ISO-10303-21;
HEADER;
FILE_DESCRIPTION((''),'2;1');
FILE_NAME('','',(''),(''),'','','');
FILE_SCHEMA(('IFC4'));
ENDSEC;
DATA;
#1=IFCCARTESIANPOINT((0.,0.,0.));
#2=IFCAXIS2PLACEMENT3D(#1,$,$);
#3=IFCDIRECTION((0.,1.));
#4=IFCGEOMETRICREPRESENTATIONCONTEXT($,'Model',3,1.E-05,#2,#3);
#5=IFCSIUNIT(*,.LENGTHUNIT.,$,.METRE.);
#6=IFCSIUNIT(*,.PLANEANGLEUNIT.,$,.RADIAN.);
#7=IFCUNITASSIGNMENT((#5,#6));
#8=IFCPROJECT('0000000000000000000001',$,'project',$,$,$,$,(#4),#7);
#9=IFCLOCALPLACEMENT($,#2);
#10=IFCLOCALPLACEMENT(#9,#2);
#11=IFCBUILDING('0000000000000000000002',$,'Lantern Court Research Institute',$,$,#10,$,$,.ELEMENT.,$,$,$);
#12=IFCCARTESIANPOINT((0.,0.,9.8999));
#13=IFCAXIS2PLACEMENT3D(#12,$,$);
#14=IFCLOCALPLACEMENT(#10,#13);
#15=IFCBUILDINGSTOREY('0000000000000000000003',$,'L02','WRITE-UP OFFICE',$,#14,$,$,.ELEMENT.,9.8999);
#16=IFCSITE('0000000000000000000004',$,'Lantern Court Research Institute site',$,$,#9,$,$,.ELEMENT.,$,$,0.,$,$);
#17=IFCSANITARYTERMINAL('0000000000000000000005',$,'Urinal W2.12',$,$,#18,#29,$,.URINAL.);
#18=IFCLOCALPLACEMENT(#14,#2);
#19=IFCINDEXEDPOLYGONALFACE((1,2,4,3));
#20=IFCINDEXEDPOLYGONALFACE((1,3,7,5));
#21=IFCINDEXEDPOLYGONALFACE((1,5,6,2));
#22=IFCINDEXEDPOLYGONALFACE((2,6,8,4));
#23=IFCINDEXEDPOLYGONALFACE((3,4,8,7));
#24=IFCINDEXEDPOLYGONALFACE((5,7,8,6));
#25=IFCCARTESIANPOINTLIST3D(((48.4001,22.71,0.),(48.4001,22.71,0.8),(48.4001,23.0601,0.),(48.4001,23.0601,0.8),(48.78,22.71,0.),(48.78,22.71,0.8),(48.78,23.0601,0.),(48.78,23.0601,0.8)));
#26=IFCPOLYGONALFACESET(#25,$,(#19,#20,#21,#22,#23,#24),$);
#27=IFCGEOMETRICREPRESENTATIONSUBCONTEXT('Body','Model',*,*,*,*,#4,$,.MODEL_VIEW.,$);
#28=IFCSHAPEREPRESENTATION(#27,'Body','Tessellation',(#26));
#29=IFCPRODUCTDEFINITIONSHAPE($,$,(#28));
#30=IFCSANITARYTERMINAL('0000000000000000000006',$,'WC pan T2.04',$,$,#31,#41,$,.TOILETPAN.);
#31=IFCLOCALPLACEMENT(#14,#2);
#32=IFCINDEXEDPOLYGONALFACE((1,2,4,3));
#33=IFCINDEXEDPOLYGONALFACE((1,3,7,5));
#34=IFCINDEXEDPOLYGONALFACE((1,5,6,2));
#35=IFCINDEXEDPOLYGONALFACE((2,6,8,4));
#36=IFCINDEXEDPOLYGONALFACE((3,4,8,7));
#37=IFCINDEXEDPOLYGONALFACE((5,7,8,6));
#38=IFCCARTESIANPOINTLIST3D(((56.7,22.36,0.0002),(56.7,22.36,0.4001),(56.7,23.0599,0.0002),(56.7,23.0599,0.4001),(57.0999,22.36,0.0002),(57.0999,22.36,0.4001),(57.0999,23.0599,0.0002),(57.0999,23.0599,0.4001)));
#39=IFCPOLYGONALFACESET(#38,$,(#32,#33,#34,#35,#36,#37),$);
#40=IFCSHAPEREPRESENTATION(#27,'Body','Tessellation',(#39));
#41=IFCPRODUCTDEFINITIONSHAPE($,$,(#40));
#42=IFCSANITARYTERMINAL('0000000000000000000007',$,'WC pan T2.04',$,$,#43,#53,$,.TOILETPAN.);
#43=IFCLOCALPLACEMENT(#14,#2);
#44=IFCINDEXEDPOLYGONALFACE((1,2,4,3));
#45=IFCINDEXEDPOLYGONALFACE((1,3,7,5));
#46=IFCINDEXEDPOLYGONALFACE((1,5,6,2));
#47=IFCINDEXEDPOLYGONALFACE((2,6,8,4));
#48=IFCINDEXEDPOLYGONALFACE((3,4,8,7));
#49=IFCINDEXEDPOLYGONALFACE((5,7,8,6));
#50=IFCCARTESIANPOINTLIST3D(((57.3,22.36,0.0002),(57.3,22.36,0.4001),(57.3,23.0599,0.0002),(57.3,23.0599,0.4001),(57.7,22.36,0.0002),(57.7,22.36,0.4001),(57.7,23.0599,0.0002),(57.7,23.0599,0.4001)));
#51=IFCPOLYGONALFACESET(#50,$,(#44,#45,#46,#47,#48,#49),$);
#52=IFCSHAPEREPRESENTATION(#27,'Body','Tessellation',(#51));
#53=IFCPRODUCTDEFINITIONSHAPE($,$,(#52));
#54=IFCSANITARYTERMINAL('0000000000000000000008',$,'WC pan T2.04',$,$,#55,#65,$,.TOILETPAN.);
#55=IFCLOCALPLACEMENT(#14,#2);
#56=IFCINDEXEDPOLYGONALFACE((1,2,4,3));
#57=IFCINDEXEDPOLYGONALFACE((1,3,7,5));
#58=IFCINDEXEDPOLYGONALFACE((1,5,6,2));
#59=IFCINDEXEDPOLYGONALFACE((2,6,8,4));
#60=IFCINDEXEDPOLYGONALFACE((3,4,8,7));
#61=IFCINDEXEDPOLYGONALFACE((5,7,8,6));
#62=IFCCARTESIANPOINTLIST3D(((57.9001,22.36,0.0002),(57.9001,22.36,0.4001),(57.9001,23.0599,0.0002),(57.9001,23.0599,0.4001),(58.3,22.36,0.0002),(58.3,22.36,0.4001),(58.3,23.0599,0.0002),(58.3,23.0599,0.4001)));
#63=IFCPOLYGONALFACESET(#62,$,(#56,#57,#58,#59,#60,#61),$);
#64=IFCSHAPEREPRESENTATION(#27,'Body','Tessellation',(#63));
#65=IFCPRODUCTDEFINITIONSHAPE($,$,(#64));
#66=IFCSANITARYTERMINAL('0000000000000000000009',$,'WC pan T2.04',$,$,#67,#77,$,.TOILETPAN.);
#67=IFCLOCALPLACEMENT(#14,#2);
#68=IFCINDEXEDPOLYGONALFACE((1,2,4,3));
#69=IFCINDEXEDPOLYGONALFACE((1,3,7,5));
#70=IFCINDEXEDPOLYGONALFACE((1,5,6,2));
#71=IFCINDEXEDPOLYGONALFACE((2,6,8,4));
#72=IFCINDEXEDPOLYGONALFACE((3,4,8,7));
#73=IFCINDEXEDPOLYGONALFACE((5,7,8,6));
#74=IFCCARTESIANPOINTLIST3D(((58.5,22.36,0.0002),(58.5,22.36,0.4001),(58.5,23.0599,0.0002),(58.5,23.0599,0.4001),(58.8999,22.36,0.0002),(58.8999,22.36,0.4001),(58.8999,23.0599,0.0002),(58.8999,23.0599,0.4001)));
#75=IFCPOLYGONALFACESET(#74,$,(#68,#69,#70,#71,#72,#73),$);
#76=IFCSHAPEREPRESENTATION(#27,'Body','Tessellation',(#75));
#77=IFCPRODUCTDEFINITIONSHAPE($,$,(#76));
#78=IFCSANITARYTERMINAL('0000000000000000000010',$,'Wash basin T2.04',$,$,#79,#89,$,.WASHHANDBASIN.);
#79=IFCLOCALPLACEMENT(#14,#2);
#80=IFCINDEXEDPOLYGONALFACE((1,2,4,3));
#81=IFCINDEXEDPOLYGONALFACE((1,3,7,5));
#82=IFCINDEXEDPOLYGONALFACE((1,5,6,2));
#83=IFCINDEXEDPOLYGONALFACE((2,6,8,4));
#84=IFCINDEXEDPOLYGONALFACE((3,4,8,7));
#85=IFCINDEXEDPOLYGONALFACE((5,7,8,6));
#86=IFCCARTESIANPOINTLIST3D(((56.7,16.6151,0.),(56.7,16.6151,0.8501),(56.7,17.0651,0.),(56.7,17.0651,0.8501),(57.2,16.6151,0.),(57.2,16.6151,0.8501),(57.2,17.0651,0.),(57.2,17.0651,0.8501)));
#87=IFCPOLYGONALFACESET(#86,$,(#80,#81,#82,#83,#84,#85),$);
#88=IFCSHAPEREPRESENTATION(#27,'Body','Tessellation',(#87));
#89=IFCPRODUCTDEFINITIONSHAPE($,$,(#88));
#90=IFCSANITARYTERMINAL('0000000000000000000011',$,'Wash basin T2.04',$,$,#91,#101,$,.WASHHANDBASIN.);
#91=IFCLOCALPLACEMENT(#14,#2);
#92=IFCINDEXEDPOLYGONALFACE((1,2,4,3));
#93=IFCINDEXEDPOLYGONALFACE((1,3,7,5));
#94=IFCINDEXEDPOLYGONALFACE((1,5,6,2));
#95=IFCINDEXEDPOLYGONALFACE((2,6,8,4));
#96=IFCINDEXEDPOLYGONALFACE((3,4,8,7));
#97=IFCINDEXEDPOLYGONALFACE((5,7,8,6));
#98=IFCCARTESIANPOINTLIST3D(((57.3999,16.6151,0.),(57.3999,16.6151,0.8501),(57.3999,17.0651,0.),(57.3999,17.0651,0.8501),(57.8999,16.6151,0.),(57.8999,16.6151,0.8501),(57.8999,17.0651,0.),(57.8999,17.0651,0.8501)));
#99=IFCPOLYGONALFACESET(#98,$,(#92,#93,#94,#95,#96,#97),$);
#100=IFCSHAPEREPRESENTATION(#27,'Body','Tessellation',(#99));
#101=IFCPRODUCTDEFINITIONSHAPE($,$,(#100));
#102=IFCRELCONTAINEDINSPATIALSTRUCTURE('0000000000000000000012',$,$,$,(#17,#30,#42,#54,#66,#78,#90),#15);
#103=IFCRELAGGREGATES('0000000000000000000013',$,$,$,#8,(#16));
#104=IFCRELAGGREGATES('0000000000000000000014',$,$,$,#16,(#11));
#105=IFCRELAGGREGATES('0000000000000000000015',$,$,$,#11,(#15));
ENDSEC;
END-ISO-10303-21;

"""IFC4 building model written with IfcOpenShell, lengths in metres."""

from ifc_helpers import new_model, si_unit, direction, frame, origin, origin_2d, place, context, subcontext, project, spatial, rectangle, extrude, element, save


model = new_model("IFC4")

# Units and contexts
model_context = context("Model", 3, precision=1e-05, world=origin(), true_north=direction((0.0, 1.0)))
body_context = subcontext(model_context, "Body", "Model", "MODEL_VIEW")
ifc_project = project(units=[si_unit("LENGTHUNIT", "METRE"), si_unit("PLANEANGLEUNIT", "RADIAN")], contexts=[model_context])

# Site, building, storey
site_placement = place(None, origin())
site = spatial("IfcSite", under=ifc_project, at=site_placement, Name="Lantern Court Research Institute site", CompositionType="ELEMENT", RefElevation=0.0)
building_placement = place(site_placement, origin())
building = spatial("IfcBuilding", under=site, at=building_placement, Name="Lantern Court Research Institute", CompositionType="ELEMENT")
storey_placement = place(building_placement, frame((0.0, 0.0, 9.8999)))
storey = spatial("IfcBuildingStorey", under=building, at=storey_placement, Name="L02", Description="WRITE-UP OFFICE", CompositionType="ELEMENT", Elevation=9.8999)

# Sanitary terminals
for number, where, z_axis, x_axis, name in (
    (1, (48.5901, 22.885, 0.0), (0.0, 0.0, 1.0), (1.0, 0.0, 0.0), "Urinal W2.12"),
):
    element("IfcSanitaryTerminal", number, at=place(storey_placement, frame(where, z_axis=z_axis, x_axis=x_axis)), inside=storey, Name=name, PredefinedType="URINAL", context=body_context, shape_type="SweptSolid", body=[
        extrude(rectangle(XDim=0.3799, YDim=0.3501, at=origin_2d()), origin(), (0.0, 0.0, 1.0), 0.8),
    ])
for number, where, z_axis, x_axis, name in (
    (2, (56.8999, 22.71, 0.0002), (0.0, 0.0, 1.0), (1.0, 0.0, 0.0), "WC pan T2.04"),
    (3, (57.5, 22.71, 0.0002), (0.0, 0.0, 1.0), (1.0, 0.0, 0.0), "WC pan T2.04"),
    (4, (58.1001, 22.71, 0.0002), (0.0, 0.0, 1.0), (1.0, 0.0, 0.0), "WC pan T2.04"),
    (5, (58.7, 22.71, 0.0002), (0.0, 0.0, 1.0), (1.0, 0.0, 0.0), "WC pan T2.04"),
):
    element("IfcSanitaryTerminal", number, at=place(storey_placement, frame(where, z_axis=z_axis, x_axis=x_axis)), inside=storey, Name=name, PredefinedType="TOILETPAN", context=body_context, shape_type="SweptSolid", body=[
        extrude(rectangle(XDim=0.3999, YDim=0.7, at=origin_2d()), origin(), (0.0, 0.0, 1.0), 0.3999),
    ])
for number, where, z_axis, x_axis, name in (
    (6, (56.95, 16.8401, 0.0), (0.0, 0.0, 1.0), (1.0, 0.0, 0.0), "Wash basin T2.04"),
    (7, (57.6499, 16.8401, 0.0), (0.0, 0.0, 1.0), (1.0, 0.0, 0.0), "Wash basin T2.04"),
):
    element("IfcSanitaryTerminal", number, at=place(storey_placement, frame(where, z_axis=z_axis, x_axis=x_axis)), inside=storey, Name=name, PredefinedType="WASHHANDBASIN", context=body_context, shape_type="SweptSolid", body=[
        extrude(rectangle(XDim=0.5, YDim=0.45, at=origin_2d()), origin(), (0.0, 0.0, 1.0), 0.8501),
    ])

save(model, "model.ifc")
